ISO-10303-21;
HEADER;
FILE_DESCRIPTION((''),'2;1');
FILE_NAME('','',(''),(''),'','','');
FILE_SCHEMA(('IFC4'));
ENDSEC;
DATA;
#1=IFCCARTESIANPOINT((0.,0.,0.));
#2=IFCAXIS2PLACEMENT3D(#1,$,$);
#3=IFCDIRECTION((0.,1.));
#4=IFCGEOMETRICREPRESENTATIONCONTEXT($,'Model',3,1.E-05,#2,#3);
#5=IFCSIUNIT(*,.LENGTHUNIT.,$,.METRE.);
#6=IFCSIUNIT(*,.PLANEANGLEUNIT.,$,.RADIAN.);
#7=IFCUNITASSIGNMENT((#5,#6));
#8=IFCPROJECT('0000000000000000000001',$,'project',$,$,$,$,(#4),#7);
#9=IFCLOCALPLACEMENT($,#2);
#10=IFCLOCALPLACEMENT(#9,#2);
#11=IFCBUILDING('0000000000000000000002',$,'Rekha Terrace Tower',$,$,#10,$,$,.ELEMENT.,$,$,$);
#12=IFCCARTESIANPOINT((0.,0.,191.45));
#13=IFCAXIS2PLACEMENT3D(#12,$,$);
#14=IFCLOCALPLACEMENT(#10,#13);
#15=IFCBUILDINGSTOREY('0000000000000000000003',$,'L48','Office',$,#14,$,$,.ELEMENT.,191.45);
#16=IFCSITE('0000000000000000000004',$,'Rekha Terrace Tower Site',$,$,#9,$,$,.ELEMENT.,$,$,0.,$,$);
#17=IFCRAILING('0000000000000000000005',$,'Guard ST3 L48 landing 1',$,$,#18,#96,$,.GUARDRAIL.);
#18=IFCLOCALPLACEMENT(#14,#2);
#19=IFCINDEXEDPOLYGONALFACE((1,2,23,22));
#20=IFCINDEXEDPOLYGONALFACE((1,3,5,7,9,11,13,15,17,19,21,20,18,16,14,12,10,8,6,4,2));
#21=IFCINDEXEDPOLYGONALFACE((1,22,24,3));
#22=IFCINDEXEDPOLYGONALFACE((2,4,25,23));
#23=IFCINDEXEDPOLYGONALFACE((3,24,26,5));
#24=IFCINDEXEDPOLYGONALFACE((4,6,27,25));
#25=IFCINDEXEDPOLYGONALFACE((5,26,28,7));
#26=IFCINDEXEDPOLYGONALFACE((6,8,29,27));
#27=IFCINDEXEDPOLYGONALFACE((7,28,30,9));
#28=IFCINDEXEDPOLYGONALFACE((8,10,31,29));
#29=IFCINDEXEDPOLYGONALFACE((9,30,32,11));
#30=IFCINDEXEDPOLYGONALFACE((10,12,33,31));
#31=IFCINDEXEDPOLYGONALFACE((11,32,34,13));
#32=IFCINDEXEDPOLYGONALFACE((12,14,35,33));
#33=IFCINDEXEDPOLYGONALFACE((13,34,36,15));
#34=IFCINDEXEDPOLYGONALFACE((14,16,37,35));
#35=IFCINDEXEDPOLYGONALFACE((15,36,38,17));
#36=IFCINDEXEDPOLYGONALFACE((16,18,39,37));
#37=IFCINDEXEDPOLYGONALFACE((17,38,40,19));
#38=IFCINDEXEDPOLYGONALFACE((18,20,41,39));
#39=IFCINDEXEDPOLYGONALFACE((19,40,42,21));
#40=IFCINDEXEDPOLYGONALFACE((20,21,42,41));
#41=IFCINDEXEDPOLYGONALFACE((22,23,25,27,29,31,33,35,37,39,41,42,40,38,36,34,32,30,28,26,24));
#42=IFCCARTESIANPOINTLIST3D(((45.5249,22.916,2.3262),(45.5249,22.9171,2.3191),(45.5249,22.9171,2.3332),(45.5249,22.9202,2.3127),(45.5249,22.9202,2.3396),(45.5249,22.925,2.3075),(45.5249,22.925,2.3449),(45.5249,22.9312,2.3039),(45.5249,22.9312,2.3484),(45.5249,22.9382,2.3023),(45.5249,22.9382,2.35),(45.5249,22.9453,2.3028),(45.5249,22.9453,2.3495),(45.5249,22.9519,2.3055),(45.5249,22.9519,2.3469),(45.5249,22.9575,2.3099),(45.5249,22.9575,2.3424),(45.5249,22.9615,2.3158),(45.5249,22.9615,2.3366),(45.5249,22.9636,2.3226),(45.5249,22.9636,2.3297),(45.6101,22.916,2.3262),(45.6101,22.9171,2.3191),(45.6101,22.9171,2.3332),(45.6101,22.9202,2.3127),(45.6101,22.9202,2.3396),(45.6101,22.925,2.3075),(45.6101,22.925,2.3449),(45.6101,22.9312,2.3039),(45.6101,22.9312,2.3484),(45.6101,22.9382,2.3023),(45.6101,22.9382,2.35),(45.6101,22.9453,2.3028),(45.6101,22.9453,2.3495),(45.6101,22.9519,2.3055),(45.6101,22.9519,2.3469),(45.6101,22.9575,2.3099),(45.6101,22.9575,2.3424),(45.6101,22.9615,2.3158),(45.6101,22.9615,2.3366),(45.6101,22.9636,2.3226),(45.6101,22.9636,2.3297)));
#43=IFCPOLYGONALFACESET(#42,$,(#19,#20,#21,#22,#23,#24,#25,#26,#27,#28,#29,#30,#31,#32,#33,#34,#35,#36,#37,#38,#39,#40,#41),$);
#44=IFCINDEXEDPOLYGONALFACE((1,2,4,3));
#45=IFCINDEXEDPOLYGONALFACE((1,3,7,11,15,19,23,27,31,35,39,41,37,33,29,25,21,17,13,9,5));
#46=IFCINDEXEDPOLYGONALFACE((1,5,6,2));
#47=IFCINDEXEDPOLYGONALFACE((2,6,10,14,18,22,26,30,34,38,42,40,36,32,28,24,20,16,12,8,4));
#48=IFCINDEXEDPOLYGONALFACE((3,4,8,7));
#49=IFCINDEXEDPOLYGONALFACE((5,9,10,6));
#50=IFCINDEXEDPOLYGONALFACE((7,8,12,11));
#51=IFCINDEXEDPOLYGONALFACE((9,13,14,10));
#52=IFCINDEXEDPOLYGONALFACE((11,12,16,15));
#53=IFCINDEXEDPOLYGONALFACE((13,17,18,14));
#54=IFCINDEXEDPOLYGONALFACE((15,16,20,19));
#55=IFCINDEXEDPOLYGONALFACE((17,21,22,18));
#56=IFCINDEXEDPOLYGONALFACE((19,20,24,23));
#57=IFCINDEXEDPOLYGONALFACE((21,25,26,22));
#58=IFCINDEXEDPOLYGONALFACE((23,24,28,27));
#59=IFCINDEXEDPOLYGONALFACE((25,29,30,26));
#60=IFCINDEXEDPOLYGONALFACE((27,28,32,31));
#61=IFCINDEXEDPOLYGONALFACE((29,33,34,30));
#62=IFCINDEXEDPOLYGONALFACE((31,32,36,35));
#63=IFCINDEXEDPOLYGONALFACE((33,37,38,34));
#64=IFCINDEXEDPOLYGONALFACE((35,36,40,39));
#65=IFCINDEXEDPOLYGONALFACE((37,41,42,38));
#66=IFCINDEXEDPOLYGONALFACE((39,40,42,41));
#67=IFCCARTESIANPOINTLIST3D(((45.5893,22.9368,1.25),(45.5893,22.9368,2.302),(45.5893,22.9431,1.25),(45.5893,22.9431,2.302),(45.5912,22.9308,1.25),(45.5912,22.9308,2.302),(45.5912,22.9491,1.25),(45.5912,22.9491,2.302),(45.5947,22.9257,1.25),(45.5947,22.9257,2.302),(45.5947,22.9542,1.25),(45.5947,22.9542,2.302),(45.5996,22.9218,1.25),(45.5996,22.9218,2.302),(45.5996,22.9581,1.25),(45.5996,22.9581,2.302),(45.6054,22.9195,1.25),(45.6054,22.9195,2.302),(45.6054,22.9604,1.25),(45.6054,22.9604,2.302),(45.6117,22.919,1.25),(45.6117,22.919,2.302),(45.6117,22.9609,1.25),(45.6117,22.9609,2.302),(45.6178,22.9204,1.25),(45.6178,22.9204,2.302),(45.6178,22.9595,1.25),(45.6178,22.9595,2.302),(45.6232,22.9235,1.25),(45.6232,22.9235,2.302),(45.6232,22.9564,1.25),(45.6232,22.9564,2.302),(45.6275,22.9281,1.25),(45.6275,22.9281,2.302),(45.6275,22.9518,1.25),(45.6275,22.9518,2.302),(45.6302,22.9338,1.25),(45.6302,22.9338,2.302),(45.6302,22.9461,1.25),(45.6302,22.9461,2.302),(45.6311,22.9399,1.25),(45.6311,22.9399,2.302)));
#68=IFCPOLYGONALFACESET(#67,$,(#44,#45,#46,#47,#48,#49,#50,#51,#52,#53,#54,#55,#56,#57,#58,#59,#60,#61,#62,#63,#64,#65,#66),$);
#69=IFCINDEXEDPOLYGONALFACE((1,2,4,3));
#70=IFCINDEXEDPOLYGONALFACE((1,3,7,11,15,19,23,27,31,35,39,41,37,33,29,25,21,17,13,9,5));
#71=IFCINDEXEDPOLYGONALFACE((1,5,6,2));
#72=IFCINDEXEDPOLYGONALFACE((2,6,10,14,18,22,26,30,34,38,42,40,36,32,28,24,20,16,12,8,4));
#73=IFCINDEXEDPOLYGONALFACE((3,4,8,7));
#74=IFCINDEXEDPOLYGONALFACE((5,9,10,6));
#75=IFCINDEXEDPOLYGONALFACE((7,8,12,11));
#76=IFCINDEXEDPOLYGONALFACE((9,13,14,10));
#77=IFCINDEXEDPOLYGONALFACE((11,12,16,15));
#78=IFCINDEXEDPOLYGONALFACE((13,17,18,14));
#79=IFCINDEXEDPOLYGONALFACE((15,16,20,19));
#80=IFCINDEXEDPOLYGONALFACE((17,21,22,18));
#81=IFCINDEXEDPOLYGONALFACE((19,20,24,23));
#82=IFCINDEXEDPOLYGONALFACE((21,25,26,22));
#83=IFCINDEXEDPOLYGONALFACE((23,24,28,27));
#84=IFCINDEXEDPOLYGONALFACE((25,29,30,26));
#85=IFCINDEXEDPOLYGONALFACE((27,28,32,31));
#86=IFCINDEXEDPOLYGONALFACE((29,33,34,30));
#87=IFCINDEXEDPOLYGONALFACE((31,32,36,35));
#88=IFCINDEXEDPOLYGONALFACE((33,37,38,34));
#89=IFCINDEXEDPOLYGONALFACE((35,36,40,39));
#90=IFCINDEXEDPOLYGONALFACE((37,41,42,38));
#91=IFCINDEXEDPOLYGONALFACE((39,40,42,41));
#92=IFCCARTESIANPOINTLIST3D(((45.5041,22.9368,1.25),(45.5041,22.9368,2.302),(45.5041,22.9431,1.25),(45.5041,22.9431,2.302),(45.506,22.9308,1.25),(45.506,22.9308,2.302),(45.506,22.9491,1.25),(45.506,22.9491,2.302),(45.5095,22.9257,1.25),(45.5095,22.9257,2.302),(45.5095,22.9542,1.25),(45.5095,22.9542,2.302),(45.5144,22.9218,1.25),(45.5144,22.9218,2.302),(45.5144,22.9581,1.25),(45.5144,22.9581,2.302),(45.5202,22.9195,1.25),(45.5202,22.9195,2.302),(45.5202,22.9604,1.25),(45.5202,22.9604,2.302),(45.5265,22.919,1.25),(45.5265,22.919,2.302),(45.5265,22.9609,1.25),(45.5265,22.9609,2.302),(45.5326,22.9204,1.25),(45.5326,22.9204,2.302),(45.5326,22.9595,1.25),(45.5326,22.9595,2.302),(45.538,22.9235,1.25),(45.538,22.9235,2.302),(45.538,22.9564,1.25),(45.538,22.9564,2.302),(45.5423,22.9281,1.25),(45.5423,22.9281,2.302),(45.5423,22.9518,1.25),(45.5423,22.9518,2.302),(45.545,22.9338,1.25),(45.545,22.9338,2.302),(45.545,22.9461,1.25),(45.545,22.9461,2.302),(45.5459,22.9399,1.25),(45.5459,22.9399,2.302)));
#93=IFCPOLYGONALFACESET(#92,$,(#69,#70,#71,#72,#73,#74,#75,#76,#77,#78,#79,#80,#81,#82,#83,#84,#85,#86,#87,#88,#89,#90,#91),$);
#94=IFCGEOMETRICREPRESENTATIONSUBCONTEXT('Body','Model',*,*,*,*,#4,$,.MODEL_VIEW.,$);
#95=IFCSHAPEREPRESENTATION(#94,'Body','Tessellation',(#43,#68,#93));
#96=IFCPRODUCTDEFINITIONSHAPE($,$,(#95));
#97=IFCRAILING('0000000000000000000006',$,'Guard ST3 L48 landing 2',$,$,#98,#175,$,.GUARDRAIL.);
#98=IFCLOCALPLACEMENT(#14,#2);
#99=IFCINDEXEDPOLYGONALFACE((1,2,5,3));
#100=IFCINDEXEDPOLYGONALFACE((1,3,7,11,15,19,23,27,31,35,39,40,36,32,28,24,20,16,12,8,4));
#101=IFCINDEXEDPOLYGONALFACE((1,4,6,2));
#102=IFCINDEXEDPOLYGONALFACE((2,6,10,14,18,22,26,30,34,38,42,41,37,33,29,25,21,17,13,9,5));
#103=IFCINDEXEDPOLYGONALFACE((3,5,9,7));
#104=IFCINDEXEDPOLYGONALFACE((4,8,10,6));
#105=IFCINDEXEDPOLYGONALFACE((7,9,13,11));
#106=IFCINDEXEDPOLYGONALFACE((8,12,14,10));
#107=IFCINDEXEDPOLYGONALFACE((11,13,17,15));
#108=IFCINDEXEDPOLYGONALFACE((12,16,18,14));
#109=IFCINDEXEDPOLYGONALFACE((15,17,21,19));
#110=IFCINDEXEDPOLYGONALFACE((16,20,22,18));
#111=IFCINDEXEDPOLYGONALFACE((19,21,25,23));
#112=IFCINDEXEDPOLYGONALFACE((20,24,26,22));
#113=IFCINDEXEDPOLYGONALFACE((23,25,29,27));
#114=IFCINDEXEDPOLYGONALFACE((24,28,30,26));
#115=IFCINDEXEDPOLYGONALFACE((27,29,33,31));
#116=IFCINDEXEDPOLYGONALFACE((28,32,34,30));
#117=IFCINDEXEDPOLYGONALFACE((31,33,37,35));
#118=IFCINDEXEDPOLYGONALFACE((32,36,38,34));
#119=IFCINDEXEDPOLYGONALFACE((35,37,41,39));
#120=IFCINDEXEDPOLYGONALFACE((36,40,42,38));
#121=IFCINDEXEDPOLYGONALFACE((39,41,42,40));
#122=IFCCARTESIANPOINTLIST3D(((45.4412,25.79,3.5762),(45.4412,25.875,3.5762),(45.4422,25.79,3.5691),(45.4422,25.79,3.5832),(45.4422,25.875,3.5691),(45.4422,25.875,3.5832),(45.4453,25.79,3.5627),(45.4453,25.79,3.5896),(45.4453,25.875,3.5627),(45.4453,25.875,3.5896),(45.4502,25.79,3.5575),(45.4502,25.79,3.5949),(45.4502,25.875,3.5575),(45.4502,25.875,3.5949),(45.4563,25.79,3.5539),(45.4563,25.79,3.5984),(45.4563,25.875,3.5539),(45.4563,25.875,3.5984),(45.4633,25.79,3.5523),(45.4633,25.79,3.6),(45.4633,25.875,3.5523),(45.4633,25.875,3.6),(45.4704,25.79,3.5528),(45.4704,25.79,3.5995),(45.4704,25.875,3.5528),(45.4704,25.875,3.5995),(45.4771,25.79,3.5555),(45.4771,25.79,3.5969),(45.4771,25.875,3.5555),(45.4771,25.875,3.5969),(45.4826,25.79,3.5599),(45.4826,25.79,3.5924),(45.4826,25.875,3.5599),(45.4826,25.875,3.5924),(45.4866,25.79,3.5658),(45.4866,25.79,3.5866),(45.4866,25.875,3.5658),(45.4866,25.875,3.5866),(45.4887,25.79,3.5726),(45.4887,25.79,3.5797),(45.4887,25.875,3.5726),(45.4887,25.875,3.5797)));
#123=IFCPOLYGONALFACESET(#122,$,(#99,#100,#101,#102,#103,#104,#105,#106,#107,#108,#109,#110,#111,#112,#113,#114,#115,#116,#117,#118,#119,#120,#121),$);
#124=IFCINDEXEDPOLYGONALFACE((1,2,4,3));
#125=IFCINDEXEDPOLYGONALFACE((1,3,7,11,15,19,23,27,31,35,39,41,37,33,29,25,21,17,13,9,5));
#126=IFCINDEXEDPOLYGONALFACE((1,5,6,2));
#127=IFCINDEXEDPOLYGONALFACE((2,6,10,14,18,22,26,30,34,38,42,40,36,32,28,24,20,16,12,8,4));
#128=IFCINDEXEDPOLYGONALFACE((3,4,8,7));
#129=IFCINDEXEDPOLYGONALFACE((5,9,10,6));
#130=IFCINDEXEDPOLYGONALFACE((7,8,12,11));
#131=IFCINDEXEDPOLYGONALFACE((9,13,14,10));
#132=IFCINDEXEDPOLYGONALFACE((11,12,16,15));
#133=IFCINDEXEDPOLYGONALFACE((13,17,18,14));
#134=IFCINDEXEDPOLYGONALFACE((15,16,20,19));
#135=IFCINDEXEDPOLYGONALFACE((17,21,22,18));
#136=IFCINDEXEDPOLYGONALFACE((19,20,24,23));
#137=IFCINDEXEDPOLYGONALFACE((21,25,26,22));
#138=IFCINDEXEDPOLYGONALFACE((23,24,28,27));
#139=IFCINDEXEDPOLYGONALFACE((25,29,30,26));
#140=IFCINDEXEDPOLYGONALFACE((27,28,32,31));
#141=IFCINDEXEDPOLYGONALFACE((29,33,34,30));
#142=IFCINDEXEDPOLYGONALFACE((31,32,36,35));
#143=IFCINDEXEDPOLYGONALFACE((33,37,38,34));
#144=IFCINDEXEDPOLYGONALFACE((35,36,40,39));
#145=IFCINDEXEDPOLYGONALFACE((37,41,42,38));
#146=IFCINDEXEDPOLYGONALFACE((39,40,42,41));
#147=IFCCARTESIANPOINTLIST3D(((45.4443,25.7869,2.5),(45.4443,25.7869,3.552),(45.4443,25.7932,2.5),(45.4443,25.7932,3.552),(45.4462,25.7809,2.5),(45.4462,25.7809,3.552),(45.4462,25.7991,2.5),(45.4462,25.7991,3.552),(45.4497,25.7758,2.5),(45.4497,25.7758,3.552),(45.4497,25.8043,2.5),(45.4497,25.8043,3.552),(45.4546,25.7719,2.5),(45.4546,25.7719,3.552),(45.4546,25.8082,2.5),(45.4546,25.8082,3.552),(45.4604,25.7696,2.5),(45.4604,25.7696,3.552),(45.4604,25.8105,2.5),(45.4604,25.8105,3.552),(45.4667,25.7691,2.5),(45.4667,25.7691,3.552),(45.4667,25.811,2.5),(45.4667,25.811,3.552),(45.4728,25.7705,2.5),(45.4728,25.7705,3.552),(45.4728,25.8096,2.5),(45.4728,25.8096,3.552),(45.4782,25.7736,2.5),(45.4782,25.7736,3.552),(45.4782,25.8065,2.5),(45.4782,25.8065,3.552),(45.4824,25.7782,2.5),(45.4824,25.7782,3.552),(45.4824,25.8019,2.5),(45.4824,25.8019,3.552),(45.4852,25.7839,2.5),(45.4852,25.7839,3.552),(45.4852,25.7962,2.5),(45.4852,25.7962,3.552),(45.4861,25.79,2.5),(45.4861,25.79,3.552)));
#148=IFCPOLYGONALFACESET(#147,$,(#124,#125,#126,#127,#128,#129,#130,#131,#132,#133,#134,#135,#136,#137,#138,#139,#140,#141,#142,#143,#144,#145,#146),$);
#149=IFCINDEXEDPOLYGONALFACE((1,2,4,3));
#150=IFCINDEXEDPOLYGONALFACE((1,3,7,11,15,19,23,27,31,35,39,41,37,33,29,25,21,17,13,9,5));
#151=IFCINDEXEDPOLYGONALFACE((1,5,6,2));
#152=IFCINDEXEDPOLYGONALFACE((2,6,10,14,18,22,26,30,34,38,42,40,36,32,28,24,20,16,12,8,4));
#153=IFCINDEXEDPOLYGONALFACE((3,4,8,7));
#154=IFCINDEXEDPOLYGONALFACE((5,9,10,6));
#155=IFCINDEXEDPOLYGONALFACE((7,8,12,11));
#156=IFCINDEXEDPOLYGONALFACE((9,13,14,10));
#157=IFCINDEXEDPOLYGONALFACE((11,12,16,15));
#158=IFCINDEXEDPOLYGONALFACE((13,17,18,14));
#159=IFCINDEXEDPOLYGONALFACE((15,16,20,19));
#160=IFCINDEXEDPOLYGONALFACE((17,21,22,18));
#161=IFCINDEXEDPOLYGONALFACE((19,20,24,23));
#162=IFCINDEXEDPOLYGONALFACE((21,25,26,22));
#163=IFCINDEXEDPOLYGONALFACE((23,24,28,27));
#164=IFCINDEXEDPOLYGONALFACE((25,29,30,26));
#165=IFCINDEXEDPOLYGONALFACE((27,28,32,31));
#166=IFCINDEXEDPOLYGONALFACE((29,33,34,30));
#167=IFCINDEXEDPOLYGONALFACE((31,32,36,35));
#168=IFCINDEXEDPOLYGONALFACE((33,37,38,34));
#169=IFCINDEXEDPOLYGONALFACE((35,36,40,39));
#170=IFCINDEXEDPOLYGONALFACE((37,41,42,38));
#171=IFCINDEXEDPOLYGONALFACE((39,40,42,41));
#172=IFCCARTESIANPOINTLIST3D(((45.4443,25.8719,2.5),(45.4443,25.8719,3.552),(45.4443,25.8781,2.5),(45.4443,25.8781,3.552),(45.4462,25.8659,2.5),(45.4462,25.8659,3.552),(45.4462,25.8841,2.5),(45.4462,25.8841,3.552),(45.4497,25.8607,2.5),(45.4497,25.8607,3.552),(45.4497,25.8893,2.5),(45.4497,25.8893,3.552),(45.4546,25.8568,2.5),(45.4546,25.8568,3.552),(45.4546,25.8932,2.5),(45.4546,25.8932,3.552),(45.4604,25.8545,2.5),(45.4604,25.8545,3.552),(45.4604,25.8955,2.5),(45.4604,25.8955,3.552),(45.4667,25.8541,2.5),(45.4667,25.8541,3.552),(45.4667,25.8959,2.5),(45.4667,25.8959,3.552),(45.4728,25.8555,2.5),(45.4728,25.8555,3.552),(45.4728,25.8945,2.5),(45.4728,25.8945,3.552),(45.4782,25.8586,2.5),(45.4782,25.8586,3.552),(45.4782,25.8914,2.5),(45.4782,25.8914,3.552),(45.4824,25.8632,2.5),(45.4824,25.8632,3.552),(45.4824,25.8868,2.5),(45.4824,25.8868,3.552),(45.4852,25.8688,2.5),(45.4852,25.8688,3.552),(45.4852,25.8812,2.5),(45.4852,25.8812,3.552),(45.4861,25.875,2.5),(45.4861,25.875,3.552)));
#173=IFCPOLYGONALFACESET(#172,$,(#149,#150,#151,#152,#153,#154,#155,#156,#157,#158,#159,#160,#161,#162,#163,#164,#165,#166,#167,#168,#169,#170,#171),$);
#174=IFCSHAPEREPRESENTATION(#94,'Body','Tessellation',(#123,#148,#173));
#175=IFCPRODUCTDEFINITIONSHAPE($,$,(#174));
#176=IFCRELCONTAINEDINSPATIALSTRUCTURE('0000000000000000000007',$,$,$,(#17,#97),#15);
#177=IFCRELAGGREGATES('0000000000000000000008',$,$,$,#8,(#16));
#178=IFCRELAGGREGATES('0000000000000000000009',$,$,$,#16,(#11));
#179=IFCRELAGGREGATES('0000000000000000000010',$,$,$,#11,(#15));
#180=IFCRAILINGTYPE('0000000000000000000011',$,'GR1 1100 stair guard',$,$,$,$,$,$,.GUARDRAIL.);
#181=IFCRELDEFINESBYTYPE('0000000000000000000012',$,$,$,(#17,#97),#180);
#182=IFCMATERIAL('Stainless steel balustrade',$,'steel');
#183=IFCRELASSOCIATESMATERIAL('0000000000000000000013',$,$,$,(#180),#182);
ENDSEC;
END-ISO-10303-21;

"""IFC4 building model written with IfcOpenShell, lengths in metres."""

from ifc_helpers import new_model, si_unit, direction, frame, origin, origin_2d, place, context, subcontext, project, spatial, circle, extrude, material, type_object, element, save


model = new_model("IFC4")

# Units and contexts
model_context = context("Model", 3, precision=1e-05, world=origin(), true_north=direction((0.0, 1.0)))
body_context = subcontext(model_context, "Body", "Model", "MODEL_VIEW")
ifc_project = project(units=[si_unit("LENGTHUNIT", "METRE"), si_unit("PLANEANGLEUNIT", "RADIAN")], contexts=[model_context])

# Site, building, storey
site_placement = place(None, origin())
site = spatial("IfcSite", under=ifc_project, at=site_placement, Name="Rekha Terrace Tower Site", CompositionType="ELEMENT", RefElevation=0.0)
building_placement = place(site_placement, origin())
building = spatial("IfcBuilding", under=site, at=building_placement, Name="Rekha Terrace Tower", CompositionType="ELEMENT")
storey_placement = place(building_placement, frame((0.0, 0.0, 191.45)))
storey = spatial("IfcBuildingStorey", under=building, at=storey_placement, Name="L48", Description="Office", CompositionType="ELEMENT", Elevation=191.45)

# Railings
ifc_material_1 = material(Name="Stainless steel balustrade", Category="steel")
railing_type_1 = type_object("IfcRailingType", Name="GR1 1100 stair guard", PredefinedType="GUARDRAIL", material=ifc_material_1)
railing_1_placement = place(storey_placement, frame((45.6101, 22.9399, 1.25)))
element("IfcRailing", 1, at=railing_1_placement, inside=storey, type_object=railing_type_1, Name="Guard ST3 L48 landing 1", PredefinedType="GUARDRAIL", context=body_context, shape_type="SweptSolid", body=[
    extrude(circle(Radius=0.0239, at=origin_2d()), frame((0.0, 0.0, 1.0762), z_axis=(-1.0, 0.0, 0.0), x_axis=(0.0, -1.0, 0.0)), (0.0, 0.0, 1.0), 0.0852),
    extrude(circle(Radius=0.021, at=origin_2d()), origin(), (0.0, 0.0, 1.0), 1.052),
    extrude(circle(Radius=0.021, at=origin_2d()), frame((-0.0852, 0.0, 0.0)), (0.0, 0.0, 1.0), 1.052),
])
railing_2_placement = place(storey_placement, frame((45.4651, 25.79, 2.5)))
element("IfcRailing", 2, at=railing_2_placement, inside=storey, type_object=railing_type_1, Name="Guard ST3 L48 landing 2", PredefinedType="GUARDRAIL", context=body_context, shape_type="SweptSolid", body=[
    extrude(circle(Radius=0.0239, at=origin_2d()), frame((0.0, 0.0, 1.0762), z_axis=(0.0, 1.0, 0.0), x_axis=(-1.0, 0.0, 0.0)), (0.0, 0.0, 1.0), 0.085),
    extrude(circle(Radius=0.021, at=origin_2d()), origin(), (0.0, 0.0, 1.0), 1.052),
    extrude(circle(Radius=0.021, at=origin_2d()), frame((0.0, 0.085, 0.0)), (0.0, 0.0, 1.0), 1.052),
])

save(model, "model.ifc")
